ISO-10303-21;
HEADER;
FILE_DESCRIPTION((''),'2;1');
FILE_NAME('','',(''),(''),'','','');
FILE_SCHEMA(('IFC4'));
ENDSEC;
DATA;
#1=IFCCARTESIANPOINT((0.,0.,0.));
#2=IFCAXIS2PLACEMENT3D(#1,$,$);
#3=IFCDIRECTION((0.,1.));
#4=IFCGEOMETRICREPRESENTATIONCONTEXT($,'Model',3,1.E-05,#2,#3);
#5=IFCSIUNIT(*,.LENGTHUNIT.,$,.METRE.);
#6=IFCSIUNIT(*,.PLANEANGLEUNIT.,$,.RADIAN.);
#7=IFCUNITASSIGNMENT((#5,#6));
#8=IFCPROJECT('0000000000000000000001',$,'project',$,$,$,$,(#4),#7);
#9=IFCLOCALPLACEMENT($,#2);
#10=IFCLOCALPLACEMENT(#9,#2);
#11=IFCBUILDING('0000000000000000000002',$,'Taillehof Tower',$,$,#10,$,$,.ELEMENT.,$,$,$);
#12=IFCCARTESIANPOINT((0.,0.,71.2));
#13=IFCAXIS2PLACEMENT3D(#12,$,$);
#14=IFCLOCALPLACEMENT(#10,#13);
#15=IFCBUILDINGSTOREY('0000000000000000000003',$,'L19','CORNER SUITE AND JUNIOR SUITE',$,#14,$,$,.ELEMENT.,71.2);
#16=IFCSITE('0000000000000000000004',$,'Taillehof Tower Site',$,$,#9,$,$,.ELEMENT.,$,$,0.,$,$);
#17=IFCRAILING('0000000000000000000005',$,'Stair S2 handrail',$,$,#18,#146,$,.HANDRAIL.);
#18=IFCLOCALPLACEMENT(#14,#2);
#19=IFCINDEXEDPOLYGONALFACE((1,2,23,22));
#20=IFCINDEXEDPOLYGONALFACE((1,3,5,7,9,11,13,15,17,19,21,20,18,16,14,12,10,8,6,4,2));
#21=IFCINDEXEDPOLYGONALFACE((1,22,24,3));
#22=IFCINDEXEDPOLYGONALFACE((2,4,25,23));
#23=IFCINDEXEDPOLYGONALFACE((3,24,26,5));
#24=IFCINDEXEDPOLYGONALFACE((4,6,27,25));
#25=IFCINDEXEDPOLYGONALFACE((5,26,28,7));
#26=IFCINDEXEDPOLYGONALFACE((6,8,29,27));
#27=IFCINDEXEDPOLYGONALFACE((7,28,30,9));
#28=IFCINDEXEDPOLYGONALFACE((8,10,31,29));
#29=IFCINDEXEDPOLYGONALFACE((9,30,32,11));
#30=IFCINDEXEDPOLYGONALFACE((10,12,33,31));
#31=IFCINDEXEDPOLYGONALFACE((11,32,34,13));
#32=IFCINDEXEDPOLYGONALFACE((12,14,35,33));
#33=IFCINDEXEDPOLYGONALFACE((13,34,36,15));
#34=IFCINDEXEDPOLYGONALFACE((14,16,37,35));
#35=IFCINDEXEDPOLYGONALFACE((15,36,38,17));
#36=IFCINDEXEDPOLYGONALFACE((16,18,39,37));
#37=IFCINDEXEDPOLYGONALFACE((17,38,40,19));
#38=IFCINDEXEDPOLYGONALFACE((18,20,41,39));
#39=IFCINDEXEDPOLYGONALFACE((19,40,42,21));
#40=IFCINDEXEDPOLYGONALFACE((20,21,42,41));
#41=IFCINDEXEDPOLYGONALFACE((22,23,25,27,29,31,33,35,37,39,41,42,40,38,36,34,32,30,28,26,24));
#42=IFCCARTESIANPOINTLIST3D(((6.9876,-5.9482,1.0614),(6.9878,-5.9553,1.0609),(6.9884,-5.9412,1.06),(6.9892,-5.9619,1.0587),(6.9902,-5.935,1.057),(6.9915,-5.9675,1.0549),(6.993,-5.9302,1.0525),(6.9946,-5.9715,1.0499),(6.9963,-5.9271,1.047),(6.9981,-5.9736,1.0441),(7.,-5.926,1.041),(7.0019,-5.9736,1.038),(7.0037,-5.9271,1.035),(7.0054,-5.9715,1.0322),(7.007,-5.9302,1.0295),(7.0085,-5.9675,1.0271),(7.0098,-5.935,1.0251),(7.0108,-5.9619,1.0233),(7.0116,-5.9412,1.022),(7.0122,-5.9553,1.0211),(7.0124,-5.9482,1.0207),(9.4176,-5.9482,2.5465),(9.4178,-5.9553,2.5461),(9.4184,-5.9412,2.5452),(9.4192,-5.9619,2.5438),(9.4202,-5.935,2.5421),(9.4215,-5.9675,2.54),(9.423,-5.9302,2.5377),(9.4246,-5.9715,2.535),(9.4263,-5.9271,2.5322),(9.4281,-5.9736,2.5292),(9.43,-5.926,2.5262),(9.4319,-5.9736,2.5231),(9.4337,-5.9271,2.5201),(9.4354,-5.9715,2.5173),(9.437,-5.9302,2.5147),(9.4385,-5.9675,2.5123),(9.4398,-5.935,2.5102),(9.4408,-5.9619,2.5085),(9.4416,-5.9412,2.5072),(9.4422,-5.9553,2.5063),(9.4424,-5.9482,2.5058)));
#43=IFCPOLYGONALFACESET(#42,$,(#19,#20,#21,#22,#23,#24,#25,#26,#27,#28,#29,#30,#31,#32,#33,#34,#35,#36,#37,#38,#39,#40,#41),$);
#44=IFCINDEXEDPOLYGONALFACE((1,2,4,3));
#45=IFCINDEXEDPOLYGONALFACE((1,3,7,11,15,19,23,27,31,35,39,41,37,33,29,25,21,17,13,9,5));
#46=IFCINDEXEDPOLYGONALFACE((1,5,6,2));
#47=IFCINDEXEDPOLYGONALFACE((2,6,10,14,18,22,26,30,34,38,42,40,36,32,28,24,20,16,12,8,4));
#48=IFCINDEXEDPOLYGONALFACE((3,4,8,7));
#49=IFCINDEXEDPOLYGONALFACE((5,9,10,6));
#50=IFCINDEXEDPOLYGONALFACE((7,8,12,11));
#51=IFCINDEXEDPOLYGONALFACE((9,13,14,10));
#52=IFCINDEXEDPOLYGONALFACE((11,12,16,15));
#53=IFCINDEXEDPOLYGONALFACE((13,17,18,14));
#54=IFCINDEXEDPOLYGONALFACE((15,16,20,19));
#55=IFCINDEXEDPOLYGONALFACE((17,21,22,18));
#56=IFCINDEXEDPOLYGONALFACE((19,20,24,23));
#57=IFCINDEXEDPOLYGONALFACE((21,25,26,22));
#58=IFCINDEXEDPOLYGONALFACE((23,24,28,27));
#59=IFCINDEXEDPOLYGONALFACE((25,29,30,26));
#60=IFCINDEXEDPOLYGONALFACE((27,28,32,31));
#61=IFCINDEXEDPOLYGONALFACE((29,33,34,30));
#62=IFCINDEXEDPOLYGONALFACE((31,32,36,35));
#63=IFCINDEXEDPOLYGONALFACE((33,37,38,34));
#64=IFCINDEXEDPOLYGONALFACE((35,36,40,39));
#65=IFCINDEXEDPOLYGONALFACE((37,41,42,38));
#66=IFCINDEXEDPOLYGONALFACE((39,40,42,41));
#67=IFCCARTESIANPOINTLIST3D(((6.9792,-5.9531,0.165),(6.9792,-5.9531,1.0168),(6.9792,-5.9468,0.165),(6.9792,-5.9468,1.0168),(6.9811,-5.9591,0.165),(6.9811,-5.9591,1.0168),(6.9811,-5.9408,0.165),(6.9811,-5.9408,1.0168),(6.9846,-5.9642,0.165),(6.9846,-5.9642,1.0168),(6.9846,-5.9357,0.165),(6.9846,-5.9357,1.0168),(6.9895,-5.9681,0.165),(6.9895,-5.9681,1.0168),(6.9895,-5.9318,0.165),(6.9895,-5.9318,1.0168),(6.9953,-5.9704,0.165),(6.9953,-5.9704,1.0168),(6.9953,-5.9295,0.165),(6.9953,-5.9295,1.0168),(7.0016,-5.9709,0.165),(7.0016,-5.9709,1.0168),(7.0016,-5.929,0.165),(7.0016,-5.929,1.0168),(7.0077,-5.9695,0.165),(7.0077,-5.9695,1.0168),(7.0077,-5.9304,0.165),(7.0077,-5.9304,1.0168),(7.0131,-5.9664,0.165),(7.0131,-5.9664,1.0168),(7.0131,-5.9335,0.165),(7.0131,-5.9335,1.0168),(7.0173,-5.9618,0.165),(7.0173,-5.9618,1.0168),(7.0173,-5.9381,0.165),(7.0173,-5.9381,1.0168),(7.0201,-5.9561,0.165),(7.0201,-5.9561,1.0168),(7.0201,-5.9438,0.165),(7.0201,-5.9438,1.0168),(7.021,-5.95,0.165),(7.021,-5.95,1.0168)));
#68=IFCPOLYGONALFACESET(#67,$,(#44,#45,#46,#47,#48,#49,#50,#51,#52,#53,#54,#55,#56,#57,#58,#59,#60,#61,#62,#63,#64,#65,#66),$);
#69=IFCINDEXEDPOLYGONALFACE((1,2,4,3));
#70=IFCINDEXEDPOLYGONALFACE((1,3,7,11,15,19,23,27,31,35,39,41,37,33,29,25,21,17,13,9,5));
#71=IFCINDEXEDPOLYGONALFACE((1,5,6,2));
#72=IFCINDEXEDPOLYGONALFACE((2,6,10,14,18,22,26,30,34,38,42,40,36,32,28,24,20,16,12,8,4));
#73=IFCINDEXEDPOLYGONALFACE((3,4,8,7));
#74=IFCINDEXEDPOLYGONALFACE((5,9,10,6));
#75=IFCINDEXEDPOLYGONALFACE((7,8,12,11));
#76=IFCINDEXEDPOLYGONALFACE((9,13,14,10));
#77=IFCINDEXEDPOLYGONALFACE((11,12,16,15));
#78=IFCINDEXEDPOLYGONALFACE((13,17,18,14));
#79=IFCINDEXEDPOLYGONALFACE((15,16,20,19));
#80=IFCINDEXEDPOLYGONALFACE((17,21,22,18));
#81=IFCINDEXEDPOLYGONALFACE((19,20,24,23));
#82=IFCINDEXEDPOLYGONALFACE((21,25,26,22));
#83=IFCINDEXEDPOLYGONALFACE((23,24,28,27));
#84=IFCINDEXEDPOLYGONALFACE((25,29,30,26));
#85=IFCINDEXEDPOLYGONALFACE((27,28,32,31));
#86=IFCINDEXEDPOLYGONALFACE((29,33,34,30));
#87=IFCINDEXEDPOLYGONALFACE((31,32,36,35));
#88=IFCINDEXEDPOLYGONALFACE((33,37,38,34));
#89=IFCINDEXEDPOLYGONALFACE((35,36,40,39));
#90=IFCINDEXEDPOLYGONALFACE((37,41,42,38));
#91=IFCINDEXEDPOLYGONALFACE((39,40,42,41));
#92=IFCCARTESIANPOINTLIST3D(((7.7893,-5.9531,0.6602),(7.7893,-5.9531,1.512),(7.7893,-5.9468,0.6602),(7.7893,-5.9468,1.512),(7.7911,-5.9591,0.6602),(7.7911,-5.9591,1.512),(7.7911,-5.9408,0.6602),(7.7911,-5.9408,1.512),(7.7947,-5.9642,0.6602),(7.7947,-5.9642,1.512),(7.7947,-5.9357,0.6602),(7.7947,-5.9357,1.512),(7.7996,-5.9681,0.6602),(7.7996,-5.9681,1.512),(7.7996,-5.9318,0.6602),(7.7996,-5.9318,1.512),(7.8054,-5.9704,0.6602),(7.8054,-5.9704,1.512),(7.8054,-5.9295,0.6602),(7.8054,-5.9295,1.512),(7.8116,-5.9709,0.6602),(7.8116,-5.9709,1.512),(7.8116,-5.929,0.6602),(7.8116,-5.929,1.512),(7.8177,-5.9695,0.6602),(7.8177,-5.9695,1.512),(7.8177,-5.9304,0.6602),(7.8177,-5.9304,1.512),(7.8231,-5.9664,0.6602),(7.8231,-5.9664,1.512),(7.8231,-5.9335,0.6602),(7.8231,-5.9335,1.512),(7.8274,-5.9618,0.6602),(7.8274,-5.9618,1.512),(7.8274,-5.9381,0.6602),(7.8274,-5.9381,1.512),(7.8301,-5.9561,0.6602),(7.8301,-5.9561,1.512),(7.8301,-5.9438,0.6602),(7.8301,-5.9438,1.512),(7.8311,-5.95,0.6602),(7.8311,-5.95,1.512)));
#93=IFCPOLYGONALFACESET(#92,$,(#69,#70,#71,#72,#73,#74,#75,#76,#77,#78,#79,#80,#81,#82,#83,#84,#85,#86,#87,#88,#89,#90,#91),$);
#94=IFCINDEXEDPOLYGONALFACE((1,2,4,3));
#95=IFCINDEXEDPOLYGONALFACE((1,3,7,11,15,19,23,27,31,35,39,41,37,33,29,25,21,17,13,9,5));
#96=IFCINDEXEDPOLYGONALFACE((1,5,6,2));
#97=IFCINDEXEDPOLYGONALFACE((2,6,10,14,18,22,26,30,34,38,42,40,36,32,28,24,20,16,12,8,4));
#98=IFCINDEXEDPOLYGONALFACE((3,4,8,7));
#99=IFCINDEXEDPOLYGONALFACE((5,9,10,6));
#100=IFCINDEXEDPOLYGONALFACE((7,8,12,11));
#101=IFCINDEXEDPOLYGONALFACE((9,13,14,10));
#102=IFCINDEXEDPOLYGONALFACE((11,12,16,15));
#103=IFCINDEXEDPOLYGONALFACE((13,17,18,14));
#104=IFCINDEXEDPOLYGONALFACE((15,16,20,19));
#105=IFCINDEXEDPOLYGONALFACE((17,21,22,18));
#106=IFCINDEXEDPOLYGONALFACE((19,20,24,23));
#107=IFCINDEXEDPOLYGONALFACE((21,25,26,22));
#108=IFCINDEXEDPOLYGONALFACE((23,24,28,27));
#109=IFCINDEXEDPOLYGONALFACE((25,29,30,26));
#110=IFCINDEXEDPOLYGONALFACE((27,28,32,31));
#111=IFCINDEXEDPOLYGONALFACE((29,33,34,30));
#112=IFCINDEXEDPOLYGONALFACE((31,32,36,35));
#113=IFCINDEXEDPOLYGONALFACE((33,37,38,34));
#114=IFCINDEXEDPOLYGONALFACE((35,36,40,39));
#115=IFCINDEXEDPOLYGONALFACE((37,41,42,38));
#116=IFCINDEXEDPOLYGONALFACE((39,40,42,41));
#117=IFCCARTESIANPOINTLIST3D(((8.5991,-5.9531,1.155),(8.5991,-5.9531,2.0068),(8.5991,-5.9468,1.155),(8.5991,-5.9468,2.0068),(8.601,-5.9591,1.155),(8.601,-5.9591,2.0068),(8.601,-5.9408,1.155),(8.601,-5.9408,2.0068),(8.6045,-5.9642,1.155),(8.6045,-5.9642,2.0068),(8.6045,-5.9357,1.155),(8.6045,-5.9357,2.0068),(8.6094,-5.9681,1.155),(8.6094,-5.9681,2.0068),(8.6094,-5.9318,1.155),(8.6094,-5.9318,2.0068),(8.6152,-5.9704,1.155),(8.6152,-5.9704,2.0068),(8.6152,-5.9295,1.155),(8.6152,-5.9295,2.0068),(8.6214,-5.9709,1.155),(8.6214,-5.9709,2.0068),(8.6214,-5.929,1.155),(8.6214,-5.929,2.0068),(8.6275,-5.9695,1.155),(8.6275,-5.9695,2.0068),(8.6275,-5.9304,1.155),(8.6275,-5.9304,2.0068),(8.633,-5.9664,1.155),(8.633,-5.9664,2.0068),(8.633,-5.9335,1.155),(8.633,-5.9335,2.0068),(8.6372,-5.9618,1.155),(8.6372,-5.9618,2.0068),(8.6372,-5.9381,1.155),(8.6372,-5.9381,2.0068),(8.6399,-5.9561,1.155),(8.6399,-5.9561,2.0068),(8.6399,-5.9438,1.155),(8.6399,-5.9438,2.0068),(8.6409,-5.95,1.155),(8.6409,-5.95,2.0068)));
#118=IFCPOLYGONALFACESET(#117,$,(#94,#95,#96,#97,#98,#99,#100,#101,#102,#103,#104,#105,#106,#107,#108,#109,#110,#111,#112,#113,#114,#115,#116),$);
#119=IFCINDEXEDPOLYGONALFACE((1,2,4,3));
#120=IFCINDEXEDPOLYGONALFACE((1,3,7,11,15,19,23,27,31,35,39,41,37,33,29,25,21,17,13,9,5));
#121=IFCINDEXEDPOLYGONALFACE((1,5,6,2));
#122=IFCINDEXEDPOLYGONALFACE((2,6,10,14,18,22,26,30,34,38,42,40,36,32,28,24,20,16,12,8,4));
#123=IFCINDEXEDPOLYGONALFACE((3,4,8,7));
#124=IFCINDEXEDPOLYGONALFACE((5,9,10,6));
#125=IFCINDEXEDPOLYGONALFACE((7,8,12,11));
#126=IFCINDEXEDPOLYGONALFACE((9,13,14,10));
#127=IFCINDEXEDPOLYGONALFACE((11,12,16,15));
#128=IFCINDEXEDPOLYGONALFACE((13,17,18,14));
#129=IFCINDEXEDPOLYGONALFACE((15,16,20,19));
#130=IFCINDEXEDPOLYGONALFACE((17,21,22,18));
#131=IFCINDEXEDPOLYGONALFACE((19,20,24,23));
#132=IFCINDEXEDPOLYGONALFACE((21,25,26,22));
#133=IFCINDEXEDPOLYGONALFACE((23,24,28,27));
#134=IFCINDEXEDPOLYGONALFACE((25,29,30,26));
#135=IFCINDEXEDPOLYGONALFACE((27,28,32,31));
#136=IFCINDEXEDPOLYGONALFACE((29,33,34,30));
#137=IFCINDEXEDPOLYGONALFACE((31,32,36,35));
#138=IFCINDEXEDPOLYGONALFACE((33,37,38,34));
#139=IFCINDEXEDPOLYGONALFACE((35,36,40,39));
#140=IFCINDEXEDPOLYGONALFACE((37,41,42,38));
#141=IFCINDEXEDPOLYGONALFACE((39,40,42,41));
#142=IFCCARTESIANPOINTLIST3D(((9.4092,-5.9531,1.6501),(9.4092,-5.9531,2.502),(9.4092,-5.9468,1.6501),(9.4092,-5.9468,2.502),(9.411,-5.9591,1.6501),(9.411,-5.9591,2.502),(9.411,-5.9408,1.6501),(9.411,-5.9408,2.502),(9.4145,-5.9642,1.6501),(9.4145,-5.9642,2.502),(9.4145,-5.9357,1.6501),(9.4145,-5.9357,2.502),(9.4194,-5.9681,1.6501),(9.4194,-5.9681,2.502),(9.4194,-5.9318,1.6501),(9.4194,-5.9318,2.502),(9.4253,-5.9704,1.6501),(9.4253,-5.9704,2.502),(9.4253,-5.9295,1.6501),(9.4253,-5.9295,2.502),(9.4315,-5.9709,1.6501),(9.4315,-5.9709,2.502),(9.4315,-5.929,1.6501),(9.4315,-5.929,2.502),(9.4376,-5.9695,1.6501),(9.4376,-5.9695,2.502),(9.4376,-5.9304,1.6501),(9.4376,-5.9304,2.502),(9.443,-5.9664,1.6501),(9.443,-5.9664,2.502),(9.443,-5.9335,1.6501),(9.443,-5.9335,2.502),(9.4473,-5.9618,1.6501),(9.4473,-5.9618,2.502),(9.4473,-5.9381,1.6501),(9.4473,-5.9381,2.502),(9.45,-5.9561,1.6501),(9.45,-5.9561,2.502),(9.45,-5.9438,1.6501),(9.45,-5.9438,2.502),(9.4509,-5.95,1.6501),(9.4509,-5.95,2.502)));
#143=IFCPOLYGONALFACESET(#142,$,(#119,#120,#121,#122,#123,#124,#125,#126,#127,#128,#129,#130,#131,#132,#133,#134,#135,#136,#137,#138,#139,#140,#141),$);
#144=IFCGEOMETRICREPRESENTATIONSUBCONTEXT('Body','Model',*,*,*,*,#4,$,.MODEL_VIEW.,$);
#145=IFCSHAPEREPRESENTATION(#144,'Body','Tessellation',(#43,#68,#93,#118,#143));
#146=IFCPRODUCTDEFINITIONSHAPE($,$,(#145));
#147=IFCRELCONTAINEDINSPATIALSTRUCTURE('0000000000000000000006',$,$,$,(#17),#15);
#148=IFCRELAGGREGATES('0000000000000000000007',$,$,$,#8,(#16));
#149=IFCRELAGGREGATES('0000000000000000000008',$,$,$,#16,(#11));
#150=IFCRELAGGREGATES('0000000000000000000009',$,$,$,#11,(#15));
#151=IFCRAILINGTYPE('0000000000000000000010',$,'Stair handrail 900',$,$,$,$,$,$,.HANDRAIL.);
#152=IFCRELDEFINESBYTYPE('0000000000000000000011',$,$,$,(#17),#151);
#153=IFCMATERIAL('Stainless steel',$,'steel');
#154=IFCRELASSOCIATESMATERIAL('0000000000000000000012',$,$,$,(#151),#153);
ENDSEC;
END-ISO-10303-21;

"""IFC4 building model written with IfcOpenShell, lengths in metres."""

from ifc_helpers import new_model, si_unit, direction, frame, origin, origin_2d, place, context, subcontext, project, spatial, circle, extrude, material, type_object, element, save


model = new_model("IFC4")

# Units and contexts
model_context = context("Model", 3, precision=1e-05, world=origin(), true_north=direction((0.0, 1.0)))
body_context = subcontext(model_context, "Body", "Model", "MODEL_VIEW")
ifc_project = project(units=[si_unit("LENGTHUNIT", "METRE"), si_unit("PLANEANGLEUNIT", "RADIAN")], contexts=[model_context])

# Site, building, storey
site_placement = place(None, origin())
site = spatial("IfcSite", under=ifc_project, at=site_placement, Name="Taillehof Tower Site", CompositionType="ELEMENT", RefElevation=0.0)
building_placement = place(site_placement, origin())
building = spatial("IfcBuilding", under=site, at=building_placement, Name="Taillehof Tower", CompositionType="ELEMENT")
storey_placement = place(building_placement, frame((0.0, 0.0, 71.2)))
storey = spatial("IfcBuildingStorey", under=building, at=storey_placement, Name="L19", Description="CORNER SUITE AND JUNIOR SUITE", CompositionType="ELEMENT", Elevation=71.2)

# Railing
ifc_material_1 = material(Name="Stainless steel", Category="steel")
railing_type = type_object("IfcRailingType", Name="Stair handrail 900", PredefinedType="HANDRAIL", material=ifc_material_1)
railing_1_placement = place(storey_placement, frame((7.0, -5.95, 0.165)))
element("IfcRailing", 1, at=railing_1_placement, inside=storey, type_object=railing_type, Name="Stair S2 handrail", PredefinedType="HANDRAIL", context=body_context, shape_type="SweptSolid", body=[
    extrude(circle(Radius=0.0239, at=origin_2d()), frame((0.0, 0.0, 0.876), z_axis=(0.853259, 0.0, 0.521488), x_axis=(0.0, 1.0, 0.0)), (0.0, 0.0, 1.0), 2.8479),
    extrude(circle(Radius=0.021, at=origin_2d()), origin(), (0.0, 0.0, 1.0), 0.8518),
    extrude(circle(Radius=0.021, at=origin_2d()), frame((0.8101, 0.0, 0.4951)), (0.0, 0.0, 1.0), 0.8518),
    extrude(circle(Radius=0.021, at=origin_2d()), frame((1.6199, 0.0, 0.99)), (0.0, 0.0, 1.0), 0.8518),
    extrude(circle(Radius=0.021, at=origin_2d()), frame((2.4299, 0.0, 1.4851)), (0.0, 0.0, 1.0), 0.8518),
])

save(model, "model.ifc")
